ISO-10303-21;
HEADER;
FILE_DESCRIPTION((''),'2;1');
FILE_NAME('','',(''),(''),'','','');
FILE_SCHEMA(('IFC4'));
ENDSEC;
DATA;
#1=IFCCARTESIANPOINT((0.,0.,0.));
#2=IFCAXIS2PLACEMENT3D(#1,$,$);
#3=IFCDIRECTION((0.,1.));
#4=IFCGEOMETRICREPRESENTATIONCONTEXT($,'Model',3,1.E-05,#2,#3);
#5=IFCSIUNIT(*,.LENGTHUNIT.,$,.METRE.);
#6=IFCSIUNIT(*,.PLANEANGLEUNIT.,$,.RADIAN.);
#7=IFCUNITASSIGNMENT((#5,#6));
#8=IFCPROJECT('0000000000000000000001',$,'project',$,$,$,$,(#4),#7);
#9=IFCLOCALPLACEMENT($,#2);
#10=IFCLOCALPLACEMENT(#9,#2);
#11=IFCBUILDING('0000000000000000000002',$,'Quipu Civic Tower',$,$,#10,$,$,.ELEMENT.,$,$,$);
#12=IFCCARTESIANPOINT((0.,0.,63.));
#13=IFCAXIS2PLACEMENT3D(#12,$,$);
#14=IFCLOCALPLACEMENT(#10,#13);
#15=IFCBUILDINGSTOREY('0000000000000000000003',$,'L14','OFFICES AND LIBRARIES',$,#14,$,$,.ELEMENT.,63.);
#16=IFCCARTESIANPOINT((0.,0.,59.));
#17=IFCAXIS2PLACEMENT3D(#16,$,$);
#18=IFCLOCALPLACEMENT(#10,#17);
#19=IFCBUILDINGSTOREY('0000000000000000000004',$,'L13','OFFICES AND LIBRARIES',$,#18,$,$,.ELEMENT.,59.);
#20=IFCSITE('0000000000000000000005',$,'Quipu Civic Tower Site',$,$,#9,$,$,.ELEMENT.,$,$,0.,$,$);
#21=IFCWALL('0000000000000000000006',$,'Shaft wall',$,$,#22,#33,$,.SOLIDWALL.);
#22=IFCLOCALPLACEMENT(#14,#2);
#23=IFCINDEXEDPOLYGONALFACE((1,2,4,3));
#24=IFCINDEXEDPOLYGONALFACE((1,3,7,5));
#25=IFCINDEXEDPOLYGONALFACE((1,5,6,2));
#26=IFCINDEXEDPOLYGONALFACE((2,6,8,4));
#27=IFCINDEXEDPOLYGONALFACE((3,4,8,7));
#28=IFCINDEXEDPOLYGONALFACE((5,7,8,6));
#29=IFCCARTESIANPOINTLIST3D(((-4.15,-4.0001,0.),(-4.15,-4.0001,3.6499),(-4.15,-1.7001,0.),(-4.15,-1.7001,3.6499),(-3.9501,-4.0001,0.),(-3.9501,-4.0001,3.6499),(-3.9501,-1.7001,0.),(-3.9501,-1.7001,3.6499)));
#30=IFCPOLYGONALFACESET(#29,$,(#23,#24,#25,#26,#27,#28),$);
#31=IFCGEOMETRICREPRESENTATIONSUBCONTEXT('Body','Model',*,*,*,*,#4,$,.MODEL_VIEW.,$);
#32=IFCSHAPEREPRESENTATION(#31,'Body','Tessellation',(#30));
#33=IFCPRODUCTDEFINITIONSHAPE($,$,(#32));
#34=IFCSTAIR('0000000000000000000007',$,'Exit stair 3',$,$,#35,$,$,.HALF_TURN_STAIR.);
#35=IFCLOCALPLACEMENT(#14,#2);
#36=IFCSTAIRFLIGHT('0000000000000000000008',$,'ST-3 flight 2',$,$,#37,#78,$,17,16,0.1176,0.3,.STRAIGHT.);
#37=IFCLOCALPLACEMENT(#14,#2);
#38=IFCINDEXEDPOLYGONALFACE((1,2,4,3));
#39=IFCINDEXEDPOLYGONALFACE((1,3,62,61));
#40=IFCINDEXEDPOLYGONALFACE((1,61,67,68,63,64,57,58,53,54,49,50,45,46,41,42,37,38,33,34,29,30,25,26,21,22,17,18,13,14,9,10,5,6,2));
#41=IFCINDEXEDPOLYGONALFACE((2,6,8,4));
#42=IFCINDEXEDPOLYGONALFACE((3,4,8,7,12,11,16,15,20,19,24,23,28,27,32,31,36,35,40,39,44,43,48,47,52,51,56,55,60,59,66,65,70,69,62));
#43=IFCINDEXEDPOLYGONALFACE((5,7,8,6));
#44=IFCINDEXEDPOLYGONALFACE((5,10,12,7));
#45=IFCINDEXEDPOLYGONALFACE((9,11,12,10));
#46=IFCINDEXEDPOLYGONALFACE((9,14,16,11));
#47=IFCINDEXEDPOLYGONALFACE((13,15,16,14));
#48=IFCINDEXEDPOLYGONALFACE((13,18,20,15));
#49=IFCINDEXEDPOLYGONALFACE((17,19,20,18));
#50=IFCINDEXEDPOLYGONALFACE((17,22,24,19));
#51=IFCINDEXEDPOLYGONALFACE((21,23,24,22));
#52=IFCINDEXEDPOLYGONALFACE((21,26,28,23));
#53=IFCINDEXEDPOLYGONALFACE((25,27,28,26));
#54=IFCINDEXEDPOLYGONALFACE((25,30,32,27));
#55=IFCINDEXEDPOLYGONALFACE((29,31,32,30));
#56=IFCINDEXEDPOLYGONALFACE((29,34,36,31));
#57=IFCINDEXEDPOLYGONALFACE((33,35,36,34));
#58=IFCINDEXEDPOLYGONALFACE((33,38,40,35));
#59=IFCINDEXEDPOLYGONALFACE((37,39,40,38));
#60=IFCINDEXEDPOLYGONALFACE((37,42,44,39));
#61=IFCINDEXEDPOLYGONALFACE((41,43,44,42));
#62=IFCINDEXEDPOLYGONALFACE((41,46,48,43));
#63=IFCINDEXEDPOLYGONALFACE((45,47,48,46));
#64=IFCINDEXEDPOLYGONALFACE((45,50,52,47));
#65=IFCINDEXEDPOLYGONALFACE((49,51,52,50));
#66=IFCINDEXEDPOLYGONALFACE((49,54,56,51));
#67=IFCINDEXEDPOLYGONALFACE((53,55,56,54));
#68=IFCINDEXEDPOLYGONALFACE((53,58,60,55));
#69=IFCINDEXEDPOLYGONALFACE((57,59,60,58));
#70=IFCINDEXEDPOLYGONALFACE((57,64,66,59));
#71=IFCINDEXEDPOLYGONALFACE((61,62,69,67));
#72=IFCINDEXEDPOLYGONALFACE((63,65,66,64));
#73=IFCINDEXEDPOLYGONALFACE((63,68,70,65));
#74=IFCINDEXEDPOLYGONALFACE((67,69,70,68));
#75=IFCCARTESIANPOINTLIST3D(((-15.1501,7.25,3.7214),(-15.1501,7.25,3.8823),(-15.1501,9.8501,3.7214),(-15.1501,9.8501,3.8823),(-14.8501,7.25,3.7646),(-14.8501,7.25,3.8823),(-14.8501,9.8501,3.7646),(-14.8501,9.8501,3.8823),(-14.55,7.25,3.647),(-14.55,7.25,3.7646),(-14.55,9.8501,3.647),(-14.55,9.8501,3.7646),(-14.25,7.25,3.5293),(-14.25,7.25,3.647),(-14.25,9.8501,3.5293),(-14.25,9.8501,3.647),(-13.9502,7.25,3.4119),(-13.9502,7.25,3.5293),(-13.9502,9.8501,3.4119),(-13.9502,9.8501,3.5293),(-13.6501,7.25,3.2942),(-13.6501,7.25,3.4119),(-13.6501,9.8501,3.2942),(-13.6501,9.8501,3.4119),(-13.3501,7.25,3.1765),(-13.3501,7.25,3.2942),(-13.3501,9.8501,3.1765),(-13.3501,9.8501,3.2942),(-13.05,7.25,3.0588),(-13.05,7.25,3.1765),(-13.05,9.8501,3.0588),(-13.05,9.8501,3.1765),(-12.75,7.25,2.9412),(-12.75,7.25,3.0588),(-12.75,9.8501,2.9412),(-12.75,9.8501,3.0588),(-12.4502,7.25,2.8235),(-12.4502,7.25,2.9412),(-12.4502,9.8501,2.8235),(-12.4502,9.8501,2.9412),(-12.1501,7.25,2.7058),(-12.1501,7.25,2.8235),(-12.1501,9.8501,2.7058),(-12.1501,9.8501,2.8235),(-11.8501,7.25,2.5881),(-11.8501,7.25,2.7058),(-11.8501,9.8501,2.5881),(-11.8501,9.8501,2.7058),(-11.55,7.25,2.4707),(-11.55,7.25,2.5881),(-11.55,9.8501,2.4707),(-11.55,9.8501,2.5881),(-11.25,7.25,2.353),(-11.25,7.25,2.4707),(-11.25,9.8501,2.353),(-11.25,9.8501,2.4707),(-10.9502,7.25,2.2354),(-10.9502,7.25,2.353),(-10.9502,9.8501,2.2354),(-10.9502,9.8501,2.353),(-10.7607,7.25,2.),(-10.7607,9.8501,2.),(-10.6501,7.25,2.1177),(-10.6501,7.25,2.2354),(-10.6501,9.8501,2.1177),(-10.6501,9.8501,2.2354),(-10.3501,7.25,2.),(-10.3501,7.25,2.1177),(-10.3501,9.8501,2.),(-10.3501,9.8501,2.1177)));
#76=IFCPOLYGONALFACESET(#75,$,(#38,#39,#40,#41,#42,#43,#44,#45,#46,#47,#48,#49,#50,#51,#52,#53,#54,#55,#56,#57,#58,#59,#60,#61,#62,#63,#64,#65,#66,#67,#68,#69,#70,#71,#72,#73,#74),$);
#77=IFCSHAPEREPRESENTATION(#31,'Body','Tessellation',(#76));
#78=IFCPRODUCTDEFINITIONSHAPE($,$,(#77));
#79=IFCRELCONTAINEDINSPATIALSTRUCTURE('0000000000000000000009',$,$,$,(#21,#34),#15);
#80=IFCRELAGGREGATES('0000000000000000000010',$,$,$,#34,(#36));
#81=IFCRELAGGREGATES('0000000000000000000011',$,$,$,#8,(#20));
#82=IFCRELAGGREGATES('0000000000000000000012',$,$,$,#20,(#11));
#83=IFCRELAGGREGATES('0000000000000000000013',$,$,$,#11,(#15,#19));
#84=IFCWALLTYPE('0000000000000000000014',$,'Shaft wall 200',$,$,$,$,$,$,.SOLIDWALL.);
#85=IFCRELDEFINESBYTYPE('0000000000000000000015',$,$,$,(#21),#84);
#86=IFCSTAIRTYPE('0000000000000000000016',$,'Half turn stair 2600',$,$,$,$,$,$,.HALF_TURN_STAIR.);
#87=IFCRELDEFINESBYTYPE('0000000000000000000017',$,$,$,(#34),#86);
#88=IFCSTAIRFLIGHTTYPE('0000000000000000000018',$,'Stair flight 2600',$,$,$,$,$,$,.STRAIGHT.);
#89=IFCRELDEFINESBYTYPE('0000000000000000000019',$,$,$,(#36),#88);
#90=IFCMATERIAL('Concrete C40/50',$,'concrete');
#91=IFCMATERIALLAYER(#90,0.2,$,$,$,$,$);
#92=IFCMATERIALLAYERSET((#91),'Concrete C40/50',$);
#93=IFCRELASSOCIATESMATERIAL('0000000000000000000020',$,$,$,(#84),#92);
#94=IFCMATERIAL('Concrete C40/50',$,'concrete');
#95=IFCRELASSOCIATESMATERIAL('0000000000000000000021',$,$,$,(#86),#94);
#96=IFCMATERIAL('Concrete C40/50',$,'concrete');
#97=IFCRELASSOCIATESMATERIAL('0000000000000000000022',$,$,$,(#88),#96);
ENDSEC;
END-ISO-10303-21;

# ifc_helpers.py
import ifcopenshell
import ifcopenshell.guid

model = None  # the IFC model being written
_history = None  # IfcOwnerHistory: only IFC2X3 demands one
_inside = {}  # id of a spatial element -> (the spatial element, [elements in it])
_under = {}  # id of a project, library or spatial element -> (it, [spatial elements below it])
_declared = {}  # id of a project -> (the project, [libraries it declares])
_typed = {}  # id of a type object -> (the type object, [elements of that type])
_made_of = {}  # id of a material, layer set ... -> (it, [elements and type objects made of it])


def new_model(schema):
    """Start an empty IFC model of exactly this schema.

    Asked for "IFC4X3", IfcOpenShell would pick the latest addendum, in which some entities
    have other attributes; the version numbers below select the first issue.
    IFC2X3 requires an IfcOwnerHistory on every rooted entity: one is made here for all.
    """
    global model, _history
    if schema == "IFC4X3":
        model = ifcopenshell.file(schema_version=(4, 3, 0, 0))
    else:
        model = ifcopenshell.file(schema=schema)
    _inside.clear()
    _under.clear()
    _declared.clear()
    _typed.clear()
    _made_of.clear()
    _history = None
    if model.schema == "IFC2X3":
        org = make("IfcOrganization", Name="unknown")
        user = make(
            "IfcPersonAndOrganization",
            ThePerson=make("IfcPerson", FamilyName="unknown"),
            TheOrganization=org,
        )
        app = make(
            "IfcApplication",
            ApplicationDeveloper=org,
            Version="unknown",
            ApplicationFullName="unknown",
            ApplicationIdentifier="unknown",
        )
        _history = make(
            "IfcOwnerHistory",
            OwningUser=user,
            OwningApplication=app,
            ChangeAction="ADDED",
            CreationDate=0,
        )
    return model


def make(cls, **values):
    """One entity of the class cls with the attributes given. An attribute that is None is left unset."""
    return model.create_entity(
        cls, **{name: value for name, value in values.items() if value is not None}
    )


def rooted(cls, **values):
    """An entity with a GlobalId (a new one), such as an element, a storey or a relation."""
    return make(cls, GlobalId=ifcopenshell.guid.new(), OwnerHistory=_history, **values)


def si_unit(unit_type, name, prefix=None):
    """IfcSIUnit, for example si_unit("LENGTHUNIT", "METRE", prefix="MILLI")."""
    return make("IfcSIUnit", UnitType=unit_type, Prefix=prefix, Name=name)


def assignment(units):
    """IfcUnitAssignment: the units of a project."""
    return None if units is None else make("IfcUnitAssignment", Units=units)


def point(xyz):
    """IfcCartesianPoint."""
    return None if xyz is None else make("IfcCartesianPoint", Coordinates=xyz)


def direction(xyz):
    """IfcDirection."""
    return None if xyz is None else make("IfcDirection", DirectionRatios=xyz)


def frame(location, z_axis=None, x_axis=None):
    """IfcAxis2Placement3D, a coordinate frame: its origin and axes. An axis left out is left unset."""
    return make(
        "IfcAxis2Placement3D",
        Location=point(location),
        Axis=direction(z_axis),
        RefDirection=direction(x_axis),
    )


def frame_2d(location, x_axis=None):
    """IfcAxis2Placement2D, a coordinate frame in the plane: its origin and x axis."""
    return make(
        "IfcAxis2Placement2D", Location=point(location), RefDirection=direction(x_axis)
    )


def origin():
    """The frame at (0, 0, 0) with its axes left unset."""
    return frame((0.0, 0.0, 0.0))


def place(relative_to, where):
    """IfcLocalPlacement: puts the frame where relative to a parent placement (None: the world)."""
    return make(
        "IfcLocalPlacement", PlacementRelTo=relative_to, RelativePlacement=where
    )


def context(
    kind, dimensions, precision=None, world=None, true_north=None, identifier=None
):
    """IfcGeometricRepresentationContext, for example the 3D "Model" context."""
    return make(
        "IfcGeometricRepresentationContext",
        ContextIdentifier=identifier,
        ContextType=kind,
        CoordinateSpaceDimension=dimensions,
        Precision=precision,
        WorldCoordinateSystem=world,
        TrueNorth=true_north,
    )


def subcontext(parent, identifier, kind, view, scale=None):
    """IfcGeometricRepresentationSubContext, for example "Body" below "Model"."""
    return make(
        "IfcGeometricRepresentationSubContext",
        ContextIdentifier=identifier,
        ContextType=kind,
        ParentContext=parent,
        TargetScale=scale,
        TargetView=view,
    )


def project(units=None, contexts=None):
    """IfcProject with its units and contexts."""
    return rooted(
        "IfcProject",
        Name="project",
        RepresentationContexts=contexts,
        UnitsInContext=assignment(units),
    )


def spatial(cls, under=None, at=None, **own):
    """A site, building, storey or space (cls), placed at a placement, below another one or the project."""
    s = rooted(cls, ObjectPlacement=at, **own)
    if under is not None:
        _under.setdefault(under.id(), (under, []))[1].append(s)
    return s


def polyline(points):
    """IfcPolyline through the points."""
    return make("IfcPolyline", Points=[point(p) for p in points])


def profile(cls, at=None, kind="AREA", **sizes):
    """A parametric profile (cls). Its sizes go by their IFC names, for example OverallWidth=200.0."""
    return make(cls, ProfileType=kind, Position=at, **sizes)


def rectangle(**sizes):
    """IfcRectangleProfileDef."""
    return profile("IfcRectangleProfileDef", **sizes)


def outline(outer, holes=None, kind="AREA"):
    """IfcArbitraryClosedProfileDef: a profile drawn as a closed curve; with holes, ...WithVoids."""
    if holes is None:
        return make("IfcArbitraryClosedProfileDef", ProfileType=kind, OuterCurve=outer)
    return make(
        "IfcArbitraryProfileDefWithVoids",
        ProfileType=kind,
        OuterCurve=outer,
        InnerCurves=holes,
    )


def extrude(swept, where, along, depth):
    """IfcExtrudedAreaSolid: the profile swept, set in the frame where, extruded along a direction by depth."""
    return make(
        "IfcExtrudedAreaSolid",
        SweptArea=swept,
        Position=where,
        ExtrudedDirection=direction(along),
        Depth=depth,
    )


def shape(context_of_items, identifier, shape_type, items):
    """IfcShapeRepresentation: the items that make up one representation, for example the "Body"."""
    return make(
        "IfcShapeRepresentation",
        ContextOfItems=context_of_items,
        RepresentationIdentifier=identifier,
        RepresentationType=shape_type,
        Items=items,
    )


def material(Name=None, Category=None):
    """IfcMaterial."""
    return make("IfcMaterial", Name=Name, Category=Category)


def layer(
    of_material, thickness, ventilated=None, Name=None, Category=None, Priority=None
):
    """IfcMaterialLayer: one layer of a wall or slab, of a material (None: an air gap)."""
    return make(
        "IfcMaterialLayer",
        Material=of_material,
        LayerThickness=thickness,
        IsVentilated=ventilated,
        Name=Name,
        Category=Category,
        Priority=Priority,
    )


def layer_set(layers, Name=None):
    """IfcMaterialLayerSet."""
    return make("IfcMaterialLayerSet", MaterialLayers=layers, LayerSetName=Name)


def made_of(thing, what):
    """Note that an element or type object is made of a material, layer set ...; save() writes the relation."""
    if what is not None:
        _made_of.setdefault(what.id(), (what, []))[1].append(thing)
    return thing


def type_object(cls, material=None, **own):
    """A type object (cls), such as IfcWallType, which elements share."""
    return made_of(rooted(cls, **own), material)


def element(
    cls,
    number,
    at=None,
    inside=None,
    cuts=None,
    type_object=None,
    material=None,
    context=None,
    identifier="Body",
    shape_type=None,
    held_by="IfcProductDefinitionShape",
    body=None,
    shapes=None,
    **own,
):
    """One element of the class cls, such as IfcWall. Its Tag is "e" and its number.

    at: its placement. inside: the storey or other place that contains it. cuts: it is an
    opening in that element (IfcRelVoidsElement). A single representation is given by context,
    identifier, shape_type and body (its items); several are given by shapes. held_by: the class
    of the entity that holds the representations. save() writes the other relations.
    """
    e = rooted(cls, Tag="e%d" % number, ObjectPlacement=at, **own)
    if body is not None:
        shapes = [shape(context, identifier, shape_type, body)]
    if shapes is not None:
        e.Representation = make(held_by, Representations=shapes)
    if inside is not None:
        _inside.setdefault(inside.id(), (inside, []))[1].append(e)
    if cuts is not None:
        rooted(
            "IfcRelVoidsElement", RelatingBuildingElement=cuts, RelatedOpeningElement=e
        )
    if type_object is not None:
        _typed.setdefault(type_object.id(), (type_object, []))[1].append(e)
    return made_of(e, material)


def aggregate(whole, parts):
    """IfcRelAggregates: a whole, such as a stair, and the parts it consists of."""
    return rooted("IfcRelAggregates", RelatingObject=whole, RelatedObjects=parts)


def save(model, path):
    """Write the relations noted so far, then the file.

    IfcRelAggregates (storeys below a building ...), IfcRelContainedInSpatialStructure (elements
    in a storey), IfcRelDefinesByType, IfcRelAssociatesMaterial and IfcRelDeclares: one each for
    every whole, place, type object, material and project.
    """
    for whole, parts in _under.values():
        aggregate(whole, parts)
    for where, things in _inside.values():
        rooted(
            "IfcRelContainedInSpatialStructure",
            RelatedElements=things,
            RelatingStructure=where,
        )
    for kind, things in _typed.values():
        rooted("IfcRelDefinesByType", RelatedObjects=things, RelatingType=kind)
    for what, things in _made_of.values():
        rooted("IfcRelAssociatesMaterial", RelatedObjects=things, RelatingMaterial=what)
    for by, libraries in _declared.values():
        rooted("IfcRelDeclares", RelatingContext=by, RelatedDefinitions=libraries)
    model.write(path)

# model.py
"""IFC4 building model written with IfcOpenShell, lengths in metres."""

from ifc_helpers import new_model, si_unit, direction, frame, frame_2d, origin, place, context, subcontext, project, spatial, polyline, rectangle, outline, extrude, material, layer, layer_set, type_object, element, aggregate, save


model = new_model("IFC4")

# Units and contexts
model_context = context("Model", 3, precision=1e-05, world=origin(), true_north=direction((0.0, 1.0)))
body_context = subcontext(model_context, "Body", "Model", "MODEL_VIEW")
ifc_project = project(units=[si_unit("LENGTHUNIT", "METRE"), si_unit("PLANEANGLEUNIT", "RADIAN")], contexts=[model_context])

# Site, building, storey
site_placement = place(None, origin())
site = spatial("IfcSite", under=ifc_project, at=site_placement, Name="Quipu Civic Tower Site", CompositionType="ELEMENT", RefElevation=0.0)
building_placement = place(site_placement, origin())
building = spatial("IfcBuilding", under=site, at=building_placement, Name="Quipu Civic Tower", CompositionType="ELEMENT")
storey_1_placement = place(building_placement, frame((0.0, 0.0, 63.0)))
storey_1 = spatial("IfcBuildingStorey", under=building, at=storey_1_placement, Name="L14", Description="OFFICES AND LIBRARIES", CompositionType="ELEMENT", Elevation=63.0)

# Shared definitions
storey_2_placement = place(building_placement, frame((0.0, 0.0, 59.0)))
storey_2 = spatial("IfcBuildingStorey", under=building, at=storey_2_placement, Name="L13", Description="OFFICES AND LIBRARIES", CompositionType="ELEMENT", Elevation=59.0)

# Wall
ifc_material_1 = material(Name="Concrete C40/50", Category="concrete")
ifc_layer_1 = layer(ifc_material_1, 0.2)
ifc_layer_set_1 = layer_set([ifc_layer_1], Name="Concrete C40/50")
wall_type_1 = type_object("IfcWallType", Name="Shaft wall 200", PredefinedType="SOLIDWALL", material=ifc_layer_set_1)
for number, where, z_axis, x_axis, name in (
    (1, (-4.05, -4.0, 0.0), (0.0, 0.0, 1.0), (0.0, 1.0, 0.0), "Shaft wall"),
):
    element("IfcWall", number, at=place(storey_1_placement, frame(where, z_axis=z_axis, x_axis=x_axis)), inside=storey_1, type_object=wall_type_1, Name=name, PredefinedType="SOLIDWALL", context=body_context, shape_type="SweptSolid", body=[
        extrude(rectangle(XDim=2.3, YDim=0.2, at=frame_2d((1.1499, 0.0))), origin(), (0.0, 0.0, 1.0), 3.6499),
    ])

# Stair, stair flight
ifc_material_2 = material(Name="Concrete C40/50", Category="concrete")
stair_type = type_object("IfcStairType", Name="Half turn stair 2600", PredefinedType="HALF_TURN_STAIR", material=ifc_material_2)
stair_placement = place(storey_1_placement, origin())
stair = element("IfcStair", 2, at=stair_placement, inside=storey_1, type_object=stair_type, Name="Exit stair 3", PredefinedType="HALF_TURN_STAIR")
ifc_material_3 = material(Name="Concrete C40/50", Category="concrete")
stair_flight_type = type_object("IfcStairFlightType", Name="Stair flight 2600", PredefinedType="STRAIGHT", material=ifc_material_3)
stair_flight_placement = place(storey_1_placement, frame((-10.3501, 8.55, 2.0), z_axis=(0.0, 0.0, 1.0), x_axis=(-1.0, 0.0, 0.0)))
stair_flight = element("IfcStairFlight", 3, at=stair_flight_placement, type_object=stair_flight_type, Name="ST-3 flight 2", NumberOfRisers=17, NumberOfTreads=16, PredefinedType="STRAIGHT", RiserHeight=0.1176, TreadLength=0.3, context=body_context, shape_type="SweptSolid", body=[
    extrude(outline(polyline([(0.0, 0.0), (0.0, 0.1177), (0.3, 0.1177), (0.3, 0.2354), (0.6001, 0.2354), (0.6001, 0.353), (0.8999, 0.353), (0.8999, 0.4707), (1.2, 0.4707), (1.2, 0.5881), (1.5, 0.5881), (1.5, 0.7058), (1.8, 0.7058), (1.8, 0.8235), (2.1001, 0.8235), (2.1001, 0.9412), (2.3999, 0.9412), (2.3999, 1.0588), (2.7, 1.0588), (2.7, 1.1765), (3.0, 1.1765), (3.0, 1.2942), (3.3, 1.2942), (3.3, 1.4119), (3.6001, 1.4119), (3.6001, 1.5293), (3.8999, 1.5293), (3.8999, 1.647), (4.2, 1.647), (4.2, 1.7646), (4.5, 1.7646), (4.5, 1.8823), (4.8, 1.8823), (4.8, 2.0), (4.8, 1.7214), (0.4106, 0.0), (0.0, 0.0)])), frame((0.0, 1.3, 0.0), z_axis=(0.0, -1.0, 0.0), x_axis=(1.0, 0.0, 0.0)), (0.0, 0.0, 1.0), 2.6001),
])
aggregate(stair, [stair_flight])

save(model, "model.ifc")
